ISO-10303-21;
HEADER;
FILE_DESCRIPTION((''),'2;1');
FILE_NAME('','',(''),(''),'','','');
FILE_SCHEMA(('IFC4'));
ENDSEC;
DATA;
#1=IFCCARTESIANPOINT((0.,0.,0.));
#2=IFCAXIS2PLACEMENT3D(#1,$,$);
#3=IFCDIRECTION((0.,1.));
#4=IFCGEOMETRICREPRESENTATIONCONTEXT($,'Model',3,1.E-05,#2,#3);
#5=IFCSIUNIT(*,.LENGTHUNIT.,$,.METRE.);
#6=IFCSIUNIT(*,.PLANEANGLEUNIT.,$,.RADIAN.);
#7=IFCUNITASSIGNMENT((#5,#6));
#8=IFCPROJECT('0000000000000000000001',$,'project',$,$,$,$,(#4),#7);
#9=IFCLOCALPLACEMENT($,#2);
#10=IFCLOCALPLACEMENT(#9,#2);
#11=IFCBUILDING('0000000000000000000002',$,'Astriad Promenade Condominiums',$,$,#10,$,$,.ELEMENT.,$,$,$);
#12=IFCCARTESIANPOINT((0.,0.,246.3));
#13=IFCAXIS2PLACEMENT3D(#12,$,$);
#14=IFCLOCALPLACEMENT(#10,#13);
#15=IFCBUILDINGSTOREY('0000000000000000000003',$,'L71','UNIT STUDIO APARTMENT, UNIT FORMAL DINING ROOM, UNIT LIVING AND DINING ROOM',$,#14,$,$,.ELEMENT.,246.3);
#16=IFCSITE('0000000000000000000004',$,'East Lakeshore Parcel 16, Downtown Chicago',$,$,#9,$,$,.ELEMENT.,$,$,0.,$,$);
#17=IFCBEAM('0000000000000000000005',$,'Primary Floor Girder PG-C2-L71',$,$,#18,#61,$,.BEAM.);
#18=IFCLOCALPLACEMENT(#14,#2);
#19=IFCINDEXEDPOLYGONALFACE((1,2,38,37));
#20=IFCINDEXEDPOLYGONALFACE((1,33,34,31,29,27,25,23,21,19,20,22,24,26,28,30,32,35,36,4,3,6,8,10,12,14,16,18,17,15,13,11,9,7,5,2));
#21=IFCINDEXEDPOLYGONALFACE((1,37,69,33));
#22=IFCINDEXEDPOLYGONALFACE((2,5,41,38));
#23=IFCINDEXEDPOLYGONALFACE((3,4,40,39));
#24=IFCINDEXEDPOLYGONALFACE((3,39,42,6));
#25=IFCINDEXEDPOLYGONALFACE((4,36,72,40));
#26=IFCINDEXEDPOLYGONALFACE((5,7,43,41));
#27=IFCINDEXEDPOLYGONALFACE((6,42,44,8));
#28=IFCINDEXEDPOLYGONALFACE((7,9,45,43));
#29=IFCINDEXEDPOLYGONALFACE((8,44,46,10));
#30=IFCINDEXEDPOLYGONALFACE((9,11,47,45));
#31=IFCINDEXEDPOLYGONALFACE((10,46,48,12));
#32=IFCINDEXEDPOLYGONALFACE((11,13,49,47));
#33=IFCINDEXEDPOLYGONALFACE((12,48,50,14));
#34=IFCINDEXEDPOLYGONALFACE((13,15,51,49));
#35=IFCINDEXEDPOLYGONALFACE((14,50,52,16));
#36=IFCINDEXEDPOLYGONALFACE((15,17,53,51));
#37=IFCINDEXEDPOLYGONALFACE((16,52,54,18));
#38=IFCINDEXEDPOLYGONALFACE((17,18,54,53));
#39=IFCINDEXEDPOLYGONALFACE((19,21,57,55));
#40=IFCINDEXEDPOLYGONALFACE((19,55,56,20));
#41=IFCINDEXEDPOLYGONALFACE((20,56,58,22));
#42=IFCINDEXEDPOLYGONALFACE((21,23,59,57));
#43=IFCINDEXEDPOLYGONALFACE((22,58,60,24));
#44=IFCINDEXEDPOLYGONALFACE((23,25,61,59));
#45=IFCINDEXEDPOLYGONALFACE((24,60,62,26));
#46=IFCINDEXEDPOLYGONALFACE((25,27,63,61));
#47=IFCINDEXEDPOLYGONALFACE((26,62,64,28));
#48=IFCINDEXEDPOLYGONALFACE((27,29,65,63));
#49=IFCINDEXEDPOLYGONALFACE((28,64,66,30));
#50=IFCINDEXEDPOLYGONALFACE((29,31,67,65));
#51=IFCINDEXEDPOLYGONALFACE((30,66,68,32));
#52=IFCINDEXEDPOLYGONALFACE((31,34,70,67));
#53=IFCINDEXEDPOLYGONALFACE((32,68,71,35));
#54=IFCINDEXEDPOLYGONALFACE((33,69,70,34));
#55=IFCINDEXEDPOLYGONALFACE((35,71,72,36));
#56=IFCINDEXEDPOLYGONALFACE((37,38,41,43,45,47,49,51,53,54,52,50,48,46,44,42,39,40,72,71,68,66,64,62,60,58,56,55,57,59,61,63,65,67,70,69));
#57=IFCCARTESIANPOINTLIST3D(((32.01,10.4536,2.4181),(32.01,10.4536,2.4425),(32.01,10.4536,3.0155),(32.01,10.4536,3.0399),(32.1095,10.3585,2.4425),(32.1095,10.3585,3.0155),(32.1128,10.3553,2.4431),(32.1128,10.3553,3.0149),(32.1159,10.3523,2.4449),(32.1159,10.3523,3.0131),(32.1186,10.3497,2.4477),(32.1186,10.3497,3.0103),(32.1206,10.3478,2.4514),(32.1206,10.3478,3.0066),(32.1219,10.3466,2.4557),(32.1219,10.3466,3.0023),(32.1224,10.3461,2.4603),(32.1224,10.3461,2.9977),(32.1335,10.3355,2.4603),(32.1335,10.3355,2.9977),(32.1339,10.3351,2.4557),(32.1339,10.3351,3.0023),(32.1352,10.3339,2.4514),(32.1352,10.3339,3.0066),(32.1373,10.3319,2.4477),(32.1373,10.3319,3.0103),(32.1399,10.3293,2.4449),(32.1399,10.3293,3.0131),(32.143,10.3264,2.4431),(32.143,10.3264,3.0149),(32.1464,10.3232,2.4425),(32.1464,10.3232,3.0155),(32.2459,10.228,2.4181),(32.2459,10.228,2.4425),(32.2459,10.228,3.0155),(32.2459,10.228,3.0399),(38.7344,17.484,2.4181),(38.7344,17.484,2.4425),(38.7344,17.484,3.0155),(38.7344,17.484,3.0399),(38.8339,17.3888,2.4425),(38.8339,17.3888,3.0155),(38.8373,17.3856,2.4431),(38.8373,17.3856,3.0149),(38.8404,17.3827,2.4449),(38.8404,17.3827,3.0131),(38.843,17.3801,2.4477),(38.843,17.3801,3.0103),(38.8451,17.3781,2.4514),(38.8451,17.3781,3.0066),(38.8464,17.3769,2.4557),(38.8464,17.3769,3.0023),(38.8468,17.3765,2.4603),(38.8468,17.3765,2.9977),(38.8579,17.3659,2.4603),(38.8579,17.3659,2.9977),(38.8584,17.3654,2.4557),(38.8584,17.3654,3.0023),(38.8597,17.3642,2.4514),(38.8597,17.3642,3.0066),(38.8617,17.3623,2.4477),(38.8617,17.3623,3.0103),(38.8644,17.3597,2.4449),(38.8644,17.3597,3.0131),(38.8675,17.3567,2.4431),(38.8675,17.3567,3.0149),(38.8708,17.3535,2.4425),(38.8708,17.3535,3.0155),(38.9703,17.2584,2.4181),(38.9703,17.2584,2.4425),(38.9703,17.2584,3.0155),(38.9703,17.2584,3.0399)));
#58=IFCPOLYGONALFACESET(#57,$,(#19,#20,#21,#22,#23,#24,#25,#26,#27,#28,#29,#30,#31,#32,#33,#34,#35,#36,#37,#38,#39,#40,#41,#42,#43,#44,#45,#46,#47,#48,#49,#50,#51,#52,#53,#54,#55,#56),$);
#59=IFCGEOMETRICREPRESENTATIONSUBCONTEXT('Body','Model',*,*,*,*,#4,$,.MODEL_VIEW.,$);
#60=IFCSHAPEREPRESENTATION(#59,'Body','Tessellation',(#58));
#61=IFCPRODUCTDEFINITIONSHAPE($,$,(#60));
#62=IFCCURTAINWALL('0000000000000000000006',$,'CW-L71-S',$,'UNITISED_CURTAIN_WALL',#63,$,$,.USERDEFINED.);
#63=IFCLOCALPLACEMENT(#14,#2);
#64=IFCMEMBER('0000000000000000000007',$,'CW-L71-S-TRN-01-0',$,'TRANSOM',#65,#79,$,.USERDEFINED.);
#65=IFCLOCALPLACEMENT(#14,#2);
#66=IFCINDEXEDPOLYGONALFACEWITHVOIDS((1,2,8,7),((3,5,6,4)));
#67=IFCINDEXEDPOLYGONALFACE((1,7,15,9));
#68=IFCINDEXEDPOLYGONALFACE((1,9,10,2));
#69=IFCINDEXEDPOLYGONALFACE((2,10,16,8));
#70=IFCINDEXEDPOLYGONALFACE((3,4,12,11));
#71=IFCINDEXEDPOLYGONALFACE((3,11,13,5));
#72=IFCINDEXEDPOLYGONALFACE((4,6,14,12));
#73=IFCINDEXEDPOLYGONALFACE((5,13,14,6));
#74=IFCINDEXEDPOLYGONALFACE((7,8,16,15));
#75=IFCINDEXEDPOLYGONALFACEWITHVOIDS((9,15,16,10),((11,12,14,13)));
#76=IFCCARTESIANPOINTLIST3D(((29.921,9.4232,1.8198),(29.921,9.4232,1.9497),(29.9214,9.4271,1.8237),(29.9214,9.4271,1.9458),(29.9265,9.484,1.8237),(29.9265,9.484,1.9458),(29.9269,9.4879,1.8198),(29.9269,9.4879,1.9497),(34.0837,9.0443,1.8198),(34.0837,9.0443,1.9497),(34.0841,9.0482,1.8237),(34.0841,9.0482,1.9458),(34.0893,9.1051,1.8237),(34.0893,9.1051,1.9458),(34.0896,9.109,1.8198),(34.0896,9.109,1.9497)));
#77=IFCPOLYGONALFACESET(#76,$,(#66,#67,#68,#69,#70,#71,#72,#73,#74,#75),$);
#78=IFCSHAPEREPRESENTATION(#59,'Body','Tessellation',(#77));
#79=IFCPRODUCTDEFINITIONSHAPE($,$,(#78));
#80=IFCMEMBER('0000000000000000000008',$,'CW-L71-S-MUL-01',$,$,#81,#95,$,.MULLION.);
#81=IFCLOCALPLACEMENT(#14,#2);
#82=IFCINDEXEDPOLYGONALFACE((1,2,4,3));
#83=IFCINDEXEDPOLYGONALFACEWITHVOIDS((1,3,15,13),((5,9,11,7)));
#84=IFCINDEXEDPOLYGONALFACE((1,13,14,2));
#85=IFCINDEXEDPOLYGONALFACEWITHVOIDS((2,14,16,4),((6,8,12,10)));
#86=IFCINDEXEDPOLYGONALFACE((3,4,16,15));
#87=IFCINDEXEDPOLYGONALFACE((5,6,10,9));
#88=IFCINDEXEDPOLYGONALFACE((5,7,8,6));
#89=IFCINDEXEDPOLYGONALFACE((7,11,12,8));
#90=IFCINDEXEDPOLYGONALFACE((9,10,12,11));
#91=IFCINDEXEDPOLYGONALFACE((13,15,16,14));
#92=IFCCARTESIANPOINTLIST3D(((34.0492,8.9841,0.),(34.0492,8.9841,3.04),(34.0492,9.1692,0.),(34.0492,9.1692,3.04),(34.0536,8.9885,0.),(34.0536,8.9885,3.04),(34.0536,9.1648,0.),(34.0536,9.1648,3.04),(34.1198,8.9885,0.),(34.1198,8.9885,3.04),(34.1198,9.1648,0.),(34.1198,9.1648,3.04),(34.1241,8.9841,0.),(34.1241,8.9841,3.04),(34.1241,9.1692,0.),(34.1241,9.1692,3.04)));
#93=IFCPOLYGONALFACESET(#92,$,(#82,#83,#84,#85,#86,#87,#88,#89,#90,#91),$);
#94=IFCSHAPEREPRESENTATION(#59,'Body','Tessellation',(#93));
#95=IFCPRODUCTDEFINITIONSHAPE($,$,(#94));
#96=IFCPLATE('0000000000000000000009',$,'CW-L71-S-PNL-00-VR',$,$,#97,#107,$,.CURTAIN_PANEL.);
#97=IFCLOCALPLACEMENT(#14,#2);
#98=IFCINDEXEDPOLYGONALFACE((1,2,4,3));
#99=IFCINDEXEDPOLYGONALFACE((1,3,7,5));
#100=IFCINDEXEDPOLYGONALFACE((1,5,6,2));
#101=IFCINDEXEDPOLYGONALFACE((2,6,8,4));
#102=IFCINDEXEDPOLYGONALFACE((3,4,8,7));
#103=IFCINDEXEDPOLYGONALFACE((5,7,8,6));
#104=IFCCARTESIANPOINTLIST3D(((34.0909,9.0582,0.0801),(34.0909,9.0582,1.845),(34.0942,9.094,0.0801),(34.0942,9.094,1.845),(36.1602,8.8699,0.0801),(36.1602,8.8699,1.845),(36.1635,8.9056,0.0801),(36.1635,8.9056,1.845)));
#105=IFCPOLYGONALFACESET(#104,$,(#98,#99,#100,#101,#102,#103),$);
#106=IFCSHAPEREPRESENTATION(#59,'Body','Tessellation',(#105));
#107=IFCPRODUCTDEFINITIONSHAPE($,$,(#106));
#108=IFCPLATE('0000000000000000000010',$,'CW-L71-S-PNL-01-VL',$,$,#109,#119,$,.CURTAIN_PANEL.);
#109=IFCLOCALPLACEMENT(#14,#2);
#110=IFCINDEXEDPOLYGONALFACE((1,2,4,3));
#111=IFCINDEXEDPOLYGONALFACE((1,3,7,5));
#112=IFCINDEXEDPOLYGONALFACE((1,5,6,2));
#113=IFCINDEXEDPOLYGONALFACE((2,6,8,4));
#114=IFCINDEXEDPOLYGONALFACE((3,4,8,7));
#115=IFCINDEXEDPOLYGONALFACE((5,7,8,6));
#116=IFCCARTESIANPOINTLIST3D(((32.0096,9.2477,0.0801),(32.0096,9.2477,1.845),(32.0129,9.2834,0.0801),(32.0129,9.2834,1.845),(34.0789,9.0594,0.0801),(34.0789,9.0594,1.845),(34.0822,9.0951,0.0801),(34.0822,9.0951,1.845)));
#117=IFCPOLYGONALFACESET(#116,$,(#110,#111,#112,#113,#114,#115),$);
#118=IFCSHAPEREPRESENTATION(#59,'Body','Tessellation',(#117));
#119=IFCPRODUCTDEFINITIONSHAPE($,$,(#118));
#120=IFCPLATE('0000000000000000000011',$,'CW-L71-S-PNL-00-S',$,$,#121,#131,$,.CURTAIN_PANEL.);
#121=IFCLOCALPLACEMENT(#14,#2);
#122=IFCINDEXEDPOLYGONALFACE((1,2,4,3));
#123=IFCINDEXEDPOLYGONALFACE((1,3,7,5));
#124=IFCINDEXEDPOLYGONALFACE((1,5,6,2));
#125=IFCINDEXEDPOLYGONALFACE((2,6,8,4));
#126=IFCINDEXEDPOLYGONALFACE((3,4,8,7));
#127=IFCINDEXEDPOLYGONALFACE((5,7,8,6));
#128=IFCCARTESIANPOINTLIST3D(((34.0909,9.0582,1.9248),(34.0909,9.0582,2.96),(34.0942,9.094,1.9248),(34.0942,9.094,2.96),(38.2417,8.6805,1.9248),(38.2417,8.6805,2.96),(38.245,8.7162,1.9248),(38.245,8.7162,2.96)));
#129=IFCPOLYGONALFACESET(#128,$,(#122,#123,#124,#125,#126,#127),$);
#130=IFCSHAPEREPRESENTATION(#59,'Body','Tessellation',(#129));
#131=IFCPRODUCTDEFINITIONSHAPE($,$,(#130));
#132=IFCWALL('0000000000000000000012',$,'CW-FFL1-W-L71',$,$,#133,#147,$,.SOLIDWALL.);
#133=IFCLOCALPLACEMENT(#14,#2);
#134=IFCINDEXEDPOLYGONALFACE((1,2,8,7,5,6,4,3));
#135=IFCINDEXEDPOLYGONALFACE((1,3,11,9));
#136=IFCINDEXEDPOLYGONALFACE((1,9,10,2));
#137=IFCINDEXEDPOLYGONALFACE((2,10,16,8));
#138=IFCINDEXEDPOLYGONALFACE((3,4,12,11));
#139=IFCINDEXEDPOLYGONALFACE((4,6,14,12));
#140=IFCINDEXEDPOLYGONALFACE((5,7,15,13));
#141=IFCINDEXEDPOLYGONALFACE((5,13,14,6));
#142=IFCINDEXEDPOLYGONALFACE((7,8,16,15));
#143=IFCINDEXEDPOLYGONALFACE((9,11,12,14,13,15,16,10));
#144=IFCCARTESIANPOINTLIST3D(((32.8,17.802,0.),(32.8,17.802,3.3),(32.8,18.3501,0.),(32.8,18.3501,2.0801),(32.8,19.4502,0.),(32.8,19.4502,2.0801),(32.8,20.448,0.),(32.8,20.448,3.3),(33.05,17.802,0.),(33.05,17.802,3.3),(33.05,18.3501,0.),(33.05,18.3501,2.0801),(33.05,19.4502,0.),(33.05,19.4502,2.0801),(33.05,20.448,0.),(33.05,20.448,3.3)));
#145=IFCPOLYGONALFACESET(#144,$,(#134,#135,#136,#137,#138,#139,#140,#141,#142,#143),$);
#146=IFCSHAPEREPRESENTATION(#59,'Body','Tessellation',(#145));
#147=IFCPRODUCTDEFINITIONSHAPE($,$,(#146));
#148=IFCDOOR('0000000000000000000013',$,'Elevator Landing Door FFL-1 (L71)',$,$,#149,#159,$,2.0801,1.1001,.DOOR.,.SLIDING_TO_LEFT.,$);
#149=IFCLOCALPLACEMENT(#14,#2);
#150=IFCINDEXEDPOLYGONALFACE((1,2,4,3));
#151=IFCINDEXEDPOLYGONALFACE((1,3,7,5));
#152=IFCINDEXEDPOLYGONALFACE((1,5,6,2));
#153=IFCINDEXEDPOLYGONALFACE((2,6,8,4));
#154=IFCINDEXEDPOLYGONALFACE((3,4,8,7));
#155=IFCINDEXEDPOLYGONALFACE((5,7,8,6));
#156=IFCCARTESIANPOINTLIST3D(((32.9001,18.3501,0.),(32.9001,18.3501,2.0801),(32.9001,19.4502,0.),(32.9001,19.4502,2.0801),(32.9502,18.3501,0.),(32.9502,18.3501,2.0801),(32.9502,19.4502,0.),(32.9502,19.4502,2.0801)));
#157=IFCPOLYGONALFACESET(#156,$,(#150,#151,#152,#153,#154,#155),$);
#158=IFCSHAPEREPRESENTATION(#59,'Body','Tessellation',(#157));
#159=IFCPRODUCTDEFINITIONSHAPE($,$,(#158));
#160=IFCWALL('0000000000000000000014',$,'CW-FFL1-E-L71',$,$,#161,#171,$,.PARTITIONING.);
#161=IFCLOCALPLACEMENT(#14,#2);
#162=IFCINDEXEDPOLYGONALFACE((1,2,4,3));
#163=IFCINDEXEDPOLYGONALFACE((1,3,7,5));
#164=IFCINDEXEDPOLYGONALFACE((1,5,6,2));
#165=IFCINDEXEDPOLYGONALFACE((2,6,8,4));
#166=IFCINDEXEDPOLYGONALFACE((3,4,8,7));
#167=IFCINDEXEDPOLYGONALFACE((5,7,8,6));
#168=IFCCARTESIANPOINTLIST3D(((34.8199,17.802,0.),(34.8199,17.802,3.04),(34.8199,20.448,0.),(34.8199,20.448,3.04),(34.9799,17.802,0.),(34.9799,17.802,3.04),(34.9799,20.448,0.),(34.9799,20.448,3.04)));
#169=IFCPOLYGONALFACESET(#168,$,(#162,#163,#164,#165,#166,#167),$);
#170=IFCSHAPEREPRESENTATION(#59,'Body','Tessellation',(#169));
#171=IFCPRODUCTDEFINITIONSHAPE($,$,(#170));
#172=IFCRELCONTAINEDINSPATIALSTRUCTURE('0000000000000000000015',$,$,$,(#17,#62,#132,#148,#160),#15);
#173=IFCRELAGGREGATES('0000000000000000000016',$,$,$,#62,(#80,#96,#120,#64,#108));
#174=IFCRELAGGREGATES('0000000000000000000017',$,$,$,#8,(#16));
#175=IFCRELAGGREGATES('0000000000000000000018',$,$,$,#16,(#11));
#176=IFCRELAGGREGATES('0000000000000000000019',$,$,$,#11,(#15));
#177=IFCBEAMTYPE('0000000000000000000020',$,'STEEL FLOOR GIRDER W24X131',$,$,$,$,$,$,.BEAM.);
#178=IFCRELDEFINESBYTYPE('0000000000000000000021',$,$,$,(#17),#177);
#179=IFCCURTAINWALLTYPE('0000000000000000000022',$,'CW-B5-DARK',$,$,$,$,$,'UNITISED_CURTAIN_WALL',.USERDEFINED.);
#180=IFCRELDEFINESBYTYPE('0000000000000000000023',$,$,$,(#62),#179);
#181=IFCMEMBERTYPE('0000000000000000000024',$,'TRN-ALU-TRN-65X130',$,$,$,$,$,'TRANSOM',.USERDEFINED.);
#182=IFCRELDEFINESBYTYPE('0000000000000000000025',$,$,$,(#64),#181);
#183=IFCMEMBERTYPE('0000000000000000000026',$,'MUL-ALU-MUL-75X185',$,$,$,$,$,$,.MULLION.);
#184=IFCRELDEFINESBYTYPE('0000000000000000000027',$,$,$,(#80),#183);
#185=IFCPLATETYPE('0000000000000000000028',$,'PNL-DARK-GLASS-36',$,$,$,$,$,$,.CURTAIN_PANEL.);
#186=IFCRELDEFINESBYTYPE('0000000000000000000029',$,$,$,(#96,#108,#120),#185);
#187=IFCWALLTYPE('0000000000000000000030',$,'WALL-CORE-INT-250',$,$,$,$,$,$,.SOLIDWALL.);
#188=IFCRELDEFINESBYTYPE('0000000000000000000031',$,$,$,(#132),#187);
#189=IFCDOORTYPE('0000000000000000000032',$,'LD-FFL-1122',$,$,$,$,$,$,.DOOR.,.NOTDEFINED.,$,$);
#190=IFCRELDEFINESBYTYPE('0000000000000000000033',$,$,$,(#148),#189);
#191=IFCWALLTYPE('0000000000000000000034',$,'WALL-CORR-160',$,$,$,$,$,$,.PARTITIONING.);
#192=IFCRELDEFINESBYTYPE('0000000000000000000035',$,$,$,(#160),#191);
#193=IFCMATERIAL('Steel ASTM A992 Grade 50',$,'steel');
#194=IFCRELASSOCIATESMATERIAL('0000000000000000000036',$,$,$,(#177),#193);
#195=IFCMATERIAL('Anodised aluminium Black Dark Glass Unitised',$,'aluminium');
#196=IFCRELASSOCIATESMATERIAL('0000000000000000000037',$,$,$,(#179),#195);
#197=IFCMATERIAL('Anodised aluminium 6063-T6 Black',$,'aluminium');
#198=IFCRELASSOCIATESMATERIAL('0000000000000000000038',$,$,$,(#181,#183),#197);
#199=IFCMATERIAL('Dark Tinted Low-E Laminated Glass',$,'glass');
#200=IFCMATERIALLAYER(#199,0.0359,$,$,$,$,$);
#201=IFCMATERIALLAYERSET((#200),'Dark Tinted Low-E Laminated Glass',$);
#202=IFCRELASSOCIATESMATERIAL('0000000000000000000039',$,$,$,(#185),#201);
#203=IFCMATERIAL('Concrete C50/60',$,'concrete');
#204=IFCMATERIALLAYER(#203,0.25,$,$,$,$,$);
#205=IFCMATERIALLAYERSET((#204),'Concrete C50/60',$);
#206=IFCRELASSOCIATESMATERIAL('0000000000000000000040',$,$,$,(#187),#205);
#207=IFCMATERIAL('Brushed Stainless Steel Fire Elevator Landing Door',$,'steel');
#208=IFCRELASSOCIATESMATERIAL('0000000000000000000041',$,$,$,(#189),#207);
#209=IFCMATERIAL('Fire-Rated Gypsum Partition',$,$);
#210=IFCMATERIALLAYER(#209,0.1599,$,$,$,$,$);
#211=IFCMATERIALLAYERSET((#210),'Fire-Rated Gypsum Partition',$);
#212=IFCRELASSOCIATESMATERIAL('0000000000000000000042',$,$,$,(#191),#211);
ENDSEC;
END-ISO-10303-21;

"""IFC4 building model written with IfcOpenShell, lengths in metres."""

from ifc_helpers import new_model, si_unit, direction, frame, frame_2d, origin, origin_2d, place, context, subcontext, project, spatial, rectangle, hollow_rectangle, i_section, extrude, source, transform, mapped, material, layer, layer_set, material_profile, profile_set, type_object, type_shapes, element, fill, aggregate, save


model = new_model("IFC4")

# Units and contexts
model_context = context("Model", 3, precision=1e-05, world=origin(), true_north=direction((0.0, 1.0)))
body_context = subcontext(model_context, "Body", "Model", "MODEL_VIEW")
ifc_project = project(units=[si_unit("LENGTHUNIT", "METRE"), si_unit("PLANEANGLEUNIT", "RADIAN")], contexts=[model_context])

# Site, building, storey
site_placement = place(None, origin())
site = spatial("IfcSite", under=ifc_project, at=site_placement, Name="East Lakeshore Parcel 16, Downtown Chicago", CompositionType="ELEMENT", RefElevation=0.0)
building_placement = place(site_placement, origin())
building = spatial("IfcBuilding", under=site, at=building_placement, Name="Astriad Promenade Condominiums", CompositionType="ELEMENT")
storey_placement = place(building_placement, frame((0.0, 0.0, 246.3)))
storey = spatial("IfcBuildingStorey", under=building, at=storey_placement, Name="L71", Description="UNIT STUDIO APARTMENT, UNIT FORMAL DINING ROOM, UNIT LIVING AND DINING ROOM", CompositionType="ELEMENT", Elevation=246.3)

# Shared definitions
ifc_material_1 = material(Name="Steel ASTM A992 Grade 50", Category="steel")

# Beam
ifc_material_profile_1 = material_profile(ifc_material_1, i_section(OverallWidth=0.3264, OverallDepth=0.6218, WebThickness=0.0154, FlangeThickness=0.0244, FilletRadius=0.0178, at=origin_2d()), Name="W24X131")
ifc_profile_set_1 = profile_set([ifc_material_profile_1], Name="Steel ASTM A992 Grade 50")
beam_type_1 = type_object("IfcBeamType", Name="STEEL FLOOR GIRDER W24X131", PredefinedType="BEAM", material=ifc_profile_set_1)
shared_shape_1 = source(origin(), body_context, "Body", "SweptSolid", [
    extrude(i_section(OverallWidth=0.3264, OverallDepth=0.6218, WebThickness=0.0154, FlangeThickness=0.0244, FilletRadius=0.0178, at=origin_2d()), origin(), (0.0, 0.0, 1.0), 9.7285),
])
beam_1_placement = place(storey_placement, frame((32.1279, 10.3408, 2.729), z_axis=(0.69121, 0.722654, 0.0), x_axis=(-0.722654, 0.69121, 0.0)))
element("IfcBeam", 1, at=beam_1_placement, inside=storey, type_object=beam_type_1, Name="Primary Floor Girder PG-C2-L71", PredefinedType="BEAM", context=body_context, shape_type="MappedRepresentation", body=[
    mapped(shared_shape_1, transform((0.0, 0.0, 0.0), scale=1.0)),
])

# Curtain wall, members, plates
ifc_material_2 = material(Name="Anodised aluminium Black Dark Glass Unitised", Category="aluminium")
curtain_wall_type = type_object("IfcCurtainWallType", Name="CW-B5-DARK", ElementType="UNITISED_CURTAIN_WALL", PredefinedType="USERDEFINED", material=ifc_material_2)
curtain_wall_placement = place(storey_placement, origin())
curtain_wall = element("IfcCurtainWall", 2, at=curtain_wall_placement, inside=storey, type_object=curtain_wall_type, Name="CW-L71-S", ObjectType="UNITISED_CURTAIN_WALL", PredefinedType="USERDEFINED")
ifc_material_3 = material(Name="Anodised aluminium 6063-T6 Black", Category="aluminium")
ifc_material_profile_2 = material_profile(ifc_material_3, hollow_rectangle(XDim=0.0649, YDim=0.1299, WallThickness=0.0039, at=origin_2d()), Name="ALU-TRN-65X130")
ifc_profile_set_2 = profile_set([ifc_material_profile_2], Name="Anodised aluminium 6063-T6 Black")
member_type_1 = type_object("IfcMemberType", Name="TRN-ALU-TRN-65X130", ElementType="TRANSOM", PredefinedType="USERDEFINED", material=ifc_profile_set_2)
shared_shape_2 = source(origin(), body_context, "Body", "SweptSolid", [
    extrude(hollow_rectangle(XDim=0.0649, YDim=0.1299, WallThickness=0.0039, at=origin_2d()), origin(), (0.0, 0.0, 1.0), 4.1799),
])
type_shapes(member_type_1, [shared_shape_2])
member_1_placement = place(storey_placement, frame((34.0867, 9.0767, 1.8848), z_axis=(-0.995883, 0.090646, 0.0), x_axis=(-0.090646, -0.995883, 0.0)))
member_1 = element("IfcMember", 3, at=member_1_placement, type_object=member_type_1, Name="CW-L71-S-TRN-01-0", ObjectType="TRANSOM", PredefinedType="USERDEFINED", context=body_context, shape_type="MappedRepresentation", body=[
    mapped(shared_shape_2, transform((0.0, 0.0, 0.0), scale=1.0)),
])
ifc_material_profile_3 = material_profile(ifc_material_3, hollow_rectangle(XDim=0.075, YDim=0.1851, WallThickness=0.0044, at=origin_2d()), Name="ALU-MUL-75X185")
ifc_profile_set_3 = profile_set([ifc_material_profile_3], Name="Anodised aluminium 6063-T6 Black")
member_type_2 = type_object("IfcMemberType", Name="MUL-ALU-MUL-75X185", PredefinedType="MULLION", material=ifc_profile_set_3)
shared_shape_3 = source(origin(), body_context, "Body", "SweptSolid", [
    extrude(hollow_rectangle(XDim=0.075, YDim=0.1851, WallThickness=0.0044, at=origin_2d()), origin(), (0.0, 0.0, 1.0), 3.04),
])
type_shapes(member_type_2, [shared_shape_3])
member_2_placement = place(storey_placement, frame((34.0867, 9.0767, 0.0), z_axis=(0.0, 0.0, 1.0), x_axis=(1.0, 0.0, 0.0)))
member_2 = element("IfcMember", 4, at=member_2_placement, type_object=member_type_2, Name="CW-L71-S-MUL-01", PredefinedType="MULLION", context=body_context, shape_type="MappedRepresentation", body=[
    mapped(shared_shape_3, transform((0.0, 0.0, 0.0), scale=1.0)),
])
ifc_material_4 = material(Name="Dark Tinted Low-E Laminated Glass", Category="glass")
ifc_layer_1 = layer(ifc_material_4, 0.0359)
ifc_layer_set_1 = layer_set([ifc_layer_1], Name="Dark Tinted Low-E Laminated Glass")
plate_type = type_object("IfcPlateType", Name="PNL-DARK-GLASS-36", PredefinedType="CURTAIN_PANEL", material=ifc_layer_set_1)
shared_shape_4 = source(origin(), body_context, "Body", "SweptSolid", [
    extrude(rectangle(XDim=2.0779, YDim=0.0359, at=origin_2d()), origin(), (0.0, 0.0, 1.0), 1.7649),
])
plate_1_placement = place(storey_placement, frame((35.1272, 8.9819, 0.0801), z_axis=(0.0, 0.0, 1.0), x_axis=(-0.995884, 0.090633, 0.0)))
plate_1 = element("IfcPlate", 5, at=plate_1_placement, type_object=plate_type, Name="CW-L71-S-PNL-00-VR", PredefinedType="CURTAIN_PANEL", context=body_context, shape_type="MappedRepresentation", body=[
    mapped(shared_shape_4, transform((0.0, 0.0, 0.0), scale=1.0)),
])
plate_2_placement = place(storey_placement, frame((33.0459, 9.1714, 0.0801), z_axis=(0.0, 0.0, 1.0), x_axis=(-0.995884, 0.090633, 0.0)))
plate_2 = element("IfcPlate", 6, at=plate_2_placement, type_object=plate_type, Name="CW-L71-S-PNL-01-VL", PredefinedType="CURTAIN_PANEL", context=body_context, shape_type="MappedRepresentation", body=[
    mapped(shared_shape_4, transform((0.0, 0.0, 0.0), scale=1.0)),
])
shared_shape_5 = source(origin(), body_context, "Body", "SweptSolid", [
    extrude(rectangle(XDim=4.168, YDim=0.0359, at=origin_2d()), origin(), (0.0, 0.0, 1.0), 1.0352),
])
type_shapes(plate_type, [shared_shape_4, shared_shape_5])
plate_3_placement = place(storey_placement, frame((36.168, 8.8872, 1.9248), z_axis=(0.0, 0.0, 1.0), x_axis=(-0.995884, 0.090633, 0.0)))
plate_3 = element("IfcPlate", 7, at=plate_3_placement, type_object=plate_type, Name="CW-L71-S-PNL-00-S", PredefinedType="CURTAIN_PANEL", context=body_context, shape_type="MappedRepresentation", body=[
    mapped(shared_shape_5, transform((0.0, 0.0, 0.0), scale=1.0)),
])
aggregate(curtain_wall, [member_2, plate_1, plate_3, member_1, plate_2])

# Wall, opening, door
ifc_material_5 = material(Name="Concrete C50/60", Category="concrete")
ifc_layer_2 = layer(ifc_material_5, 0.25)
ifc_layer_set_2 = layer_set([ifc_layer_2], Name="Concrete C50/60")
wall_type_1 = type_object("IfcWallType", Name="WALL-CORE-INT-250", PredefinedType="SOLIDWALL", material=ifc_layer_set_2)
wall_1_placement = place(storey_placement, frame((32.925, 17.802, 0.0), z_axis=(0.0, 0.0, 1.0), x_axis=(0.0, 1.0, 0.0)))
wall_1 = element("IfcWall", 8, at=wall_1_placement, inside=storey, type_object=wall_type_1, Name="CW-FFL1-W-L71", PredefinedType="SOLIDWALL", context=body_context, shape_type="SweptSolid", body=[
    extrude(rectangle(XDim=2.646, YDim=0.25, at=frame_2d((1.323, 0.0))), origin(), (0.0, 0.0, 1.0), 3.3),
])
opening_placement = place(wall_1_placement, frame((0.5481, 0.0, 0.0)))
opening = element("IfcOpeningElement", 9, at=opening_placement, cuts=wall_1, PredefinedType="OPENING", context=body_context, shape_type="SweptSolid", body=[
    extrude(rectangle(XDim=1.1001, YDim=2.0801, at=frame_2d((0.55, 1.04))), frame((0.0, 0.135, 0.0), z_axis=(0.0, -1.0, 0.0), x_axis=(1.0, 0.0, 0.0)), (0.0, 0.0, 1.0), 0.27),
])
ifc_material_6 = material(Name="Brushed Stainless Steel Fire Elevator Landing Door", Category="steel")
door_type = type_object("IfcDoorType", Name="LD-FFL-1122", OperationType="NOTDEFINED", PredefinedType="DOOR", material=ifc_material_6)
shared_shape_6 = source(origin(), body_context, "Body", "SweptSolid", [
    extrude(rectangle(XDim=1.1001, YDim=2.0801, at=frame_2d((0.55, 1.04))), frame((0.0, 0.0249, 0.0), z_axis=(0.0, -1.0, 0.0), x_axis=(1.0, 0.0, 0.0)), (0.0, 0.0, 1.0), 0.05),
])
type_shapes(door_type, [shared_shape_6])
door_placement = place(opening_placement, origin())
door = element("IfcDoor", 10, at=door_placement, inside=storey, type_object=door_type, Name="Elevator Landing Door FFL-1 (L71)", OperationType="SLIDING_TO_LEFT", OverallHeight=2.0801, OverallWidth=1.1001, PredefinedType="DOOR", context=body_context, shape_type="MappedRepresentation", body=[
    mapped(shared_shape_6, transform((0.0, 0.0, 0.0), scale=1.0)),
])
fill(opening, door)

# Wall
ifc_material_7 = material(Name="Fire-Rated Gypsum Partition")
ifc_layer_3 = layer(ifc_material_7, 0.1599)
ifc_layer_set_3 = layer_set([ifc_layer_3], Name="Fire-Rated Gypsum Partition")
wall_type_2 = type_object("IfcWallType", Name="WALL-CORR-160", PredefinedType="PARTITIONING", material=ifc_layer_set_3)
wall_2_placement = place(storey_placement, frame((34.8999, 17.802, 0.0), z_axis=(0.0, 0.0, 1.0), x_axis=(0.0, 1.0, 0.0)))
element("IfcWall", 11, at=wall_2_placement, inside=storey, type_object=wall_type_2, Name="CW-FFL1-E-L71", PredefinedType="PARTITIONING", context=body_context, shape_type="SweptSolid", body=[
    extrude(rectangle(XDim=2.646, YDim=0.1599, at=frame_2d((1.323, 0.0))), origin(), (0.0, 0.0, 1.0), 3.04),
])

save(model, "model.ifc")
